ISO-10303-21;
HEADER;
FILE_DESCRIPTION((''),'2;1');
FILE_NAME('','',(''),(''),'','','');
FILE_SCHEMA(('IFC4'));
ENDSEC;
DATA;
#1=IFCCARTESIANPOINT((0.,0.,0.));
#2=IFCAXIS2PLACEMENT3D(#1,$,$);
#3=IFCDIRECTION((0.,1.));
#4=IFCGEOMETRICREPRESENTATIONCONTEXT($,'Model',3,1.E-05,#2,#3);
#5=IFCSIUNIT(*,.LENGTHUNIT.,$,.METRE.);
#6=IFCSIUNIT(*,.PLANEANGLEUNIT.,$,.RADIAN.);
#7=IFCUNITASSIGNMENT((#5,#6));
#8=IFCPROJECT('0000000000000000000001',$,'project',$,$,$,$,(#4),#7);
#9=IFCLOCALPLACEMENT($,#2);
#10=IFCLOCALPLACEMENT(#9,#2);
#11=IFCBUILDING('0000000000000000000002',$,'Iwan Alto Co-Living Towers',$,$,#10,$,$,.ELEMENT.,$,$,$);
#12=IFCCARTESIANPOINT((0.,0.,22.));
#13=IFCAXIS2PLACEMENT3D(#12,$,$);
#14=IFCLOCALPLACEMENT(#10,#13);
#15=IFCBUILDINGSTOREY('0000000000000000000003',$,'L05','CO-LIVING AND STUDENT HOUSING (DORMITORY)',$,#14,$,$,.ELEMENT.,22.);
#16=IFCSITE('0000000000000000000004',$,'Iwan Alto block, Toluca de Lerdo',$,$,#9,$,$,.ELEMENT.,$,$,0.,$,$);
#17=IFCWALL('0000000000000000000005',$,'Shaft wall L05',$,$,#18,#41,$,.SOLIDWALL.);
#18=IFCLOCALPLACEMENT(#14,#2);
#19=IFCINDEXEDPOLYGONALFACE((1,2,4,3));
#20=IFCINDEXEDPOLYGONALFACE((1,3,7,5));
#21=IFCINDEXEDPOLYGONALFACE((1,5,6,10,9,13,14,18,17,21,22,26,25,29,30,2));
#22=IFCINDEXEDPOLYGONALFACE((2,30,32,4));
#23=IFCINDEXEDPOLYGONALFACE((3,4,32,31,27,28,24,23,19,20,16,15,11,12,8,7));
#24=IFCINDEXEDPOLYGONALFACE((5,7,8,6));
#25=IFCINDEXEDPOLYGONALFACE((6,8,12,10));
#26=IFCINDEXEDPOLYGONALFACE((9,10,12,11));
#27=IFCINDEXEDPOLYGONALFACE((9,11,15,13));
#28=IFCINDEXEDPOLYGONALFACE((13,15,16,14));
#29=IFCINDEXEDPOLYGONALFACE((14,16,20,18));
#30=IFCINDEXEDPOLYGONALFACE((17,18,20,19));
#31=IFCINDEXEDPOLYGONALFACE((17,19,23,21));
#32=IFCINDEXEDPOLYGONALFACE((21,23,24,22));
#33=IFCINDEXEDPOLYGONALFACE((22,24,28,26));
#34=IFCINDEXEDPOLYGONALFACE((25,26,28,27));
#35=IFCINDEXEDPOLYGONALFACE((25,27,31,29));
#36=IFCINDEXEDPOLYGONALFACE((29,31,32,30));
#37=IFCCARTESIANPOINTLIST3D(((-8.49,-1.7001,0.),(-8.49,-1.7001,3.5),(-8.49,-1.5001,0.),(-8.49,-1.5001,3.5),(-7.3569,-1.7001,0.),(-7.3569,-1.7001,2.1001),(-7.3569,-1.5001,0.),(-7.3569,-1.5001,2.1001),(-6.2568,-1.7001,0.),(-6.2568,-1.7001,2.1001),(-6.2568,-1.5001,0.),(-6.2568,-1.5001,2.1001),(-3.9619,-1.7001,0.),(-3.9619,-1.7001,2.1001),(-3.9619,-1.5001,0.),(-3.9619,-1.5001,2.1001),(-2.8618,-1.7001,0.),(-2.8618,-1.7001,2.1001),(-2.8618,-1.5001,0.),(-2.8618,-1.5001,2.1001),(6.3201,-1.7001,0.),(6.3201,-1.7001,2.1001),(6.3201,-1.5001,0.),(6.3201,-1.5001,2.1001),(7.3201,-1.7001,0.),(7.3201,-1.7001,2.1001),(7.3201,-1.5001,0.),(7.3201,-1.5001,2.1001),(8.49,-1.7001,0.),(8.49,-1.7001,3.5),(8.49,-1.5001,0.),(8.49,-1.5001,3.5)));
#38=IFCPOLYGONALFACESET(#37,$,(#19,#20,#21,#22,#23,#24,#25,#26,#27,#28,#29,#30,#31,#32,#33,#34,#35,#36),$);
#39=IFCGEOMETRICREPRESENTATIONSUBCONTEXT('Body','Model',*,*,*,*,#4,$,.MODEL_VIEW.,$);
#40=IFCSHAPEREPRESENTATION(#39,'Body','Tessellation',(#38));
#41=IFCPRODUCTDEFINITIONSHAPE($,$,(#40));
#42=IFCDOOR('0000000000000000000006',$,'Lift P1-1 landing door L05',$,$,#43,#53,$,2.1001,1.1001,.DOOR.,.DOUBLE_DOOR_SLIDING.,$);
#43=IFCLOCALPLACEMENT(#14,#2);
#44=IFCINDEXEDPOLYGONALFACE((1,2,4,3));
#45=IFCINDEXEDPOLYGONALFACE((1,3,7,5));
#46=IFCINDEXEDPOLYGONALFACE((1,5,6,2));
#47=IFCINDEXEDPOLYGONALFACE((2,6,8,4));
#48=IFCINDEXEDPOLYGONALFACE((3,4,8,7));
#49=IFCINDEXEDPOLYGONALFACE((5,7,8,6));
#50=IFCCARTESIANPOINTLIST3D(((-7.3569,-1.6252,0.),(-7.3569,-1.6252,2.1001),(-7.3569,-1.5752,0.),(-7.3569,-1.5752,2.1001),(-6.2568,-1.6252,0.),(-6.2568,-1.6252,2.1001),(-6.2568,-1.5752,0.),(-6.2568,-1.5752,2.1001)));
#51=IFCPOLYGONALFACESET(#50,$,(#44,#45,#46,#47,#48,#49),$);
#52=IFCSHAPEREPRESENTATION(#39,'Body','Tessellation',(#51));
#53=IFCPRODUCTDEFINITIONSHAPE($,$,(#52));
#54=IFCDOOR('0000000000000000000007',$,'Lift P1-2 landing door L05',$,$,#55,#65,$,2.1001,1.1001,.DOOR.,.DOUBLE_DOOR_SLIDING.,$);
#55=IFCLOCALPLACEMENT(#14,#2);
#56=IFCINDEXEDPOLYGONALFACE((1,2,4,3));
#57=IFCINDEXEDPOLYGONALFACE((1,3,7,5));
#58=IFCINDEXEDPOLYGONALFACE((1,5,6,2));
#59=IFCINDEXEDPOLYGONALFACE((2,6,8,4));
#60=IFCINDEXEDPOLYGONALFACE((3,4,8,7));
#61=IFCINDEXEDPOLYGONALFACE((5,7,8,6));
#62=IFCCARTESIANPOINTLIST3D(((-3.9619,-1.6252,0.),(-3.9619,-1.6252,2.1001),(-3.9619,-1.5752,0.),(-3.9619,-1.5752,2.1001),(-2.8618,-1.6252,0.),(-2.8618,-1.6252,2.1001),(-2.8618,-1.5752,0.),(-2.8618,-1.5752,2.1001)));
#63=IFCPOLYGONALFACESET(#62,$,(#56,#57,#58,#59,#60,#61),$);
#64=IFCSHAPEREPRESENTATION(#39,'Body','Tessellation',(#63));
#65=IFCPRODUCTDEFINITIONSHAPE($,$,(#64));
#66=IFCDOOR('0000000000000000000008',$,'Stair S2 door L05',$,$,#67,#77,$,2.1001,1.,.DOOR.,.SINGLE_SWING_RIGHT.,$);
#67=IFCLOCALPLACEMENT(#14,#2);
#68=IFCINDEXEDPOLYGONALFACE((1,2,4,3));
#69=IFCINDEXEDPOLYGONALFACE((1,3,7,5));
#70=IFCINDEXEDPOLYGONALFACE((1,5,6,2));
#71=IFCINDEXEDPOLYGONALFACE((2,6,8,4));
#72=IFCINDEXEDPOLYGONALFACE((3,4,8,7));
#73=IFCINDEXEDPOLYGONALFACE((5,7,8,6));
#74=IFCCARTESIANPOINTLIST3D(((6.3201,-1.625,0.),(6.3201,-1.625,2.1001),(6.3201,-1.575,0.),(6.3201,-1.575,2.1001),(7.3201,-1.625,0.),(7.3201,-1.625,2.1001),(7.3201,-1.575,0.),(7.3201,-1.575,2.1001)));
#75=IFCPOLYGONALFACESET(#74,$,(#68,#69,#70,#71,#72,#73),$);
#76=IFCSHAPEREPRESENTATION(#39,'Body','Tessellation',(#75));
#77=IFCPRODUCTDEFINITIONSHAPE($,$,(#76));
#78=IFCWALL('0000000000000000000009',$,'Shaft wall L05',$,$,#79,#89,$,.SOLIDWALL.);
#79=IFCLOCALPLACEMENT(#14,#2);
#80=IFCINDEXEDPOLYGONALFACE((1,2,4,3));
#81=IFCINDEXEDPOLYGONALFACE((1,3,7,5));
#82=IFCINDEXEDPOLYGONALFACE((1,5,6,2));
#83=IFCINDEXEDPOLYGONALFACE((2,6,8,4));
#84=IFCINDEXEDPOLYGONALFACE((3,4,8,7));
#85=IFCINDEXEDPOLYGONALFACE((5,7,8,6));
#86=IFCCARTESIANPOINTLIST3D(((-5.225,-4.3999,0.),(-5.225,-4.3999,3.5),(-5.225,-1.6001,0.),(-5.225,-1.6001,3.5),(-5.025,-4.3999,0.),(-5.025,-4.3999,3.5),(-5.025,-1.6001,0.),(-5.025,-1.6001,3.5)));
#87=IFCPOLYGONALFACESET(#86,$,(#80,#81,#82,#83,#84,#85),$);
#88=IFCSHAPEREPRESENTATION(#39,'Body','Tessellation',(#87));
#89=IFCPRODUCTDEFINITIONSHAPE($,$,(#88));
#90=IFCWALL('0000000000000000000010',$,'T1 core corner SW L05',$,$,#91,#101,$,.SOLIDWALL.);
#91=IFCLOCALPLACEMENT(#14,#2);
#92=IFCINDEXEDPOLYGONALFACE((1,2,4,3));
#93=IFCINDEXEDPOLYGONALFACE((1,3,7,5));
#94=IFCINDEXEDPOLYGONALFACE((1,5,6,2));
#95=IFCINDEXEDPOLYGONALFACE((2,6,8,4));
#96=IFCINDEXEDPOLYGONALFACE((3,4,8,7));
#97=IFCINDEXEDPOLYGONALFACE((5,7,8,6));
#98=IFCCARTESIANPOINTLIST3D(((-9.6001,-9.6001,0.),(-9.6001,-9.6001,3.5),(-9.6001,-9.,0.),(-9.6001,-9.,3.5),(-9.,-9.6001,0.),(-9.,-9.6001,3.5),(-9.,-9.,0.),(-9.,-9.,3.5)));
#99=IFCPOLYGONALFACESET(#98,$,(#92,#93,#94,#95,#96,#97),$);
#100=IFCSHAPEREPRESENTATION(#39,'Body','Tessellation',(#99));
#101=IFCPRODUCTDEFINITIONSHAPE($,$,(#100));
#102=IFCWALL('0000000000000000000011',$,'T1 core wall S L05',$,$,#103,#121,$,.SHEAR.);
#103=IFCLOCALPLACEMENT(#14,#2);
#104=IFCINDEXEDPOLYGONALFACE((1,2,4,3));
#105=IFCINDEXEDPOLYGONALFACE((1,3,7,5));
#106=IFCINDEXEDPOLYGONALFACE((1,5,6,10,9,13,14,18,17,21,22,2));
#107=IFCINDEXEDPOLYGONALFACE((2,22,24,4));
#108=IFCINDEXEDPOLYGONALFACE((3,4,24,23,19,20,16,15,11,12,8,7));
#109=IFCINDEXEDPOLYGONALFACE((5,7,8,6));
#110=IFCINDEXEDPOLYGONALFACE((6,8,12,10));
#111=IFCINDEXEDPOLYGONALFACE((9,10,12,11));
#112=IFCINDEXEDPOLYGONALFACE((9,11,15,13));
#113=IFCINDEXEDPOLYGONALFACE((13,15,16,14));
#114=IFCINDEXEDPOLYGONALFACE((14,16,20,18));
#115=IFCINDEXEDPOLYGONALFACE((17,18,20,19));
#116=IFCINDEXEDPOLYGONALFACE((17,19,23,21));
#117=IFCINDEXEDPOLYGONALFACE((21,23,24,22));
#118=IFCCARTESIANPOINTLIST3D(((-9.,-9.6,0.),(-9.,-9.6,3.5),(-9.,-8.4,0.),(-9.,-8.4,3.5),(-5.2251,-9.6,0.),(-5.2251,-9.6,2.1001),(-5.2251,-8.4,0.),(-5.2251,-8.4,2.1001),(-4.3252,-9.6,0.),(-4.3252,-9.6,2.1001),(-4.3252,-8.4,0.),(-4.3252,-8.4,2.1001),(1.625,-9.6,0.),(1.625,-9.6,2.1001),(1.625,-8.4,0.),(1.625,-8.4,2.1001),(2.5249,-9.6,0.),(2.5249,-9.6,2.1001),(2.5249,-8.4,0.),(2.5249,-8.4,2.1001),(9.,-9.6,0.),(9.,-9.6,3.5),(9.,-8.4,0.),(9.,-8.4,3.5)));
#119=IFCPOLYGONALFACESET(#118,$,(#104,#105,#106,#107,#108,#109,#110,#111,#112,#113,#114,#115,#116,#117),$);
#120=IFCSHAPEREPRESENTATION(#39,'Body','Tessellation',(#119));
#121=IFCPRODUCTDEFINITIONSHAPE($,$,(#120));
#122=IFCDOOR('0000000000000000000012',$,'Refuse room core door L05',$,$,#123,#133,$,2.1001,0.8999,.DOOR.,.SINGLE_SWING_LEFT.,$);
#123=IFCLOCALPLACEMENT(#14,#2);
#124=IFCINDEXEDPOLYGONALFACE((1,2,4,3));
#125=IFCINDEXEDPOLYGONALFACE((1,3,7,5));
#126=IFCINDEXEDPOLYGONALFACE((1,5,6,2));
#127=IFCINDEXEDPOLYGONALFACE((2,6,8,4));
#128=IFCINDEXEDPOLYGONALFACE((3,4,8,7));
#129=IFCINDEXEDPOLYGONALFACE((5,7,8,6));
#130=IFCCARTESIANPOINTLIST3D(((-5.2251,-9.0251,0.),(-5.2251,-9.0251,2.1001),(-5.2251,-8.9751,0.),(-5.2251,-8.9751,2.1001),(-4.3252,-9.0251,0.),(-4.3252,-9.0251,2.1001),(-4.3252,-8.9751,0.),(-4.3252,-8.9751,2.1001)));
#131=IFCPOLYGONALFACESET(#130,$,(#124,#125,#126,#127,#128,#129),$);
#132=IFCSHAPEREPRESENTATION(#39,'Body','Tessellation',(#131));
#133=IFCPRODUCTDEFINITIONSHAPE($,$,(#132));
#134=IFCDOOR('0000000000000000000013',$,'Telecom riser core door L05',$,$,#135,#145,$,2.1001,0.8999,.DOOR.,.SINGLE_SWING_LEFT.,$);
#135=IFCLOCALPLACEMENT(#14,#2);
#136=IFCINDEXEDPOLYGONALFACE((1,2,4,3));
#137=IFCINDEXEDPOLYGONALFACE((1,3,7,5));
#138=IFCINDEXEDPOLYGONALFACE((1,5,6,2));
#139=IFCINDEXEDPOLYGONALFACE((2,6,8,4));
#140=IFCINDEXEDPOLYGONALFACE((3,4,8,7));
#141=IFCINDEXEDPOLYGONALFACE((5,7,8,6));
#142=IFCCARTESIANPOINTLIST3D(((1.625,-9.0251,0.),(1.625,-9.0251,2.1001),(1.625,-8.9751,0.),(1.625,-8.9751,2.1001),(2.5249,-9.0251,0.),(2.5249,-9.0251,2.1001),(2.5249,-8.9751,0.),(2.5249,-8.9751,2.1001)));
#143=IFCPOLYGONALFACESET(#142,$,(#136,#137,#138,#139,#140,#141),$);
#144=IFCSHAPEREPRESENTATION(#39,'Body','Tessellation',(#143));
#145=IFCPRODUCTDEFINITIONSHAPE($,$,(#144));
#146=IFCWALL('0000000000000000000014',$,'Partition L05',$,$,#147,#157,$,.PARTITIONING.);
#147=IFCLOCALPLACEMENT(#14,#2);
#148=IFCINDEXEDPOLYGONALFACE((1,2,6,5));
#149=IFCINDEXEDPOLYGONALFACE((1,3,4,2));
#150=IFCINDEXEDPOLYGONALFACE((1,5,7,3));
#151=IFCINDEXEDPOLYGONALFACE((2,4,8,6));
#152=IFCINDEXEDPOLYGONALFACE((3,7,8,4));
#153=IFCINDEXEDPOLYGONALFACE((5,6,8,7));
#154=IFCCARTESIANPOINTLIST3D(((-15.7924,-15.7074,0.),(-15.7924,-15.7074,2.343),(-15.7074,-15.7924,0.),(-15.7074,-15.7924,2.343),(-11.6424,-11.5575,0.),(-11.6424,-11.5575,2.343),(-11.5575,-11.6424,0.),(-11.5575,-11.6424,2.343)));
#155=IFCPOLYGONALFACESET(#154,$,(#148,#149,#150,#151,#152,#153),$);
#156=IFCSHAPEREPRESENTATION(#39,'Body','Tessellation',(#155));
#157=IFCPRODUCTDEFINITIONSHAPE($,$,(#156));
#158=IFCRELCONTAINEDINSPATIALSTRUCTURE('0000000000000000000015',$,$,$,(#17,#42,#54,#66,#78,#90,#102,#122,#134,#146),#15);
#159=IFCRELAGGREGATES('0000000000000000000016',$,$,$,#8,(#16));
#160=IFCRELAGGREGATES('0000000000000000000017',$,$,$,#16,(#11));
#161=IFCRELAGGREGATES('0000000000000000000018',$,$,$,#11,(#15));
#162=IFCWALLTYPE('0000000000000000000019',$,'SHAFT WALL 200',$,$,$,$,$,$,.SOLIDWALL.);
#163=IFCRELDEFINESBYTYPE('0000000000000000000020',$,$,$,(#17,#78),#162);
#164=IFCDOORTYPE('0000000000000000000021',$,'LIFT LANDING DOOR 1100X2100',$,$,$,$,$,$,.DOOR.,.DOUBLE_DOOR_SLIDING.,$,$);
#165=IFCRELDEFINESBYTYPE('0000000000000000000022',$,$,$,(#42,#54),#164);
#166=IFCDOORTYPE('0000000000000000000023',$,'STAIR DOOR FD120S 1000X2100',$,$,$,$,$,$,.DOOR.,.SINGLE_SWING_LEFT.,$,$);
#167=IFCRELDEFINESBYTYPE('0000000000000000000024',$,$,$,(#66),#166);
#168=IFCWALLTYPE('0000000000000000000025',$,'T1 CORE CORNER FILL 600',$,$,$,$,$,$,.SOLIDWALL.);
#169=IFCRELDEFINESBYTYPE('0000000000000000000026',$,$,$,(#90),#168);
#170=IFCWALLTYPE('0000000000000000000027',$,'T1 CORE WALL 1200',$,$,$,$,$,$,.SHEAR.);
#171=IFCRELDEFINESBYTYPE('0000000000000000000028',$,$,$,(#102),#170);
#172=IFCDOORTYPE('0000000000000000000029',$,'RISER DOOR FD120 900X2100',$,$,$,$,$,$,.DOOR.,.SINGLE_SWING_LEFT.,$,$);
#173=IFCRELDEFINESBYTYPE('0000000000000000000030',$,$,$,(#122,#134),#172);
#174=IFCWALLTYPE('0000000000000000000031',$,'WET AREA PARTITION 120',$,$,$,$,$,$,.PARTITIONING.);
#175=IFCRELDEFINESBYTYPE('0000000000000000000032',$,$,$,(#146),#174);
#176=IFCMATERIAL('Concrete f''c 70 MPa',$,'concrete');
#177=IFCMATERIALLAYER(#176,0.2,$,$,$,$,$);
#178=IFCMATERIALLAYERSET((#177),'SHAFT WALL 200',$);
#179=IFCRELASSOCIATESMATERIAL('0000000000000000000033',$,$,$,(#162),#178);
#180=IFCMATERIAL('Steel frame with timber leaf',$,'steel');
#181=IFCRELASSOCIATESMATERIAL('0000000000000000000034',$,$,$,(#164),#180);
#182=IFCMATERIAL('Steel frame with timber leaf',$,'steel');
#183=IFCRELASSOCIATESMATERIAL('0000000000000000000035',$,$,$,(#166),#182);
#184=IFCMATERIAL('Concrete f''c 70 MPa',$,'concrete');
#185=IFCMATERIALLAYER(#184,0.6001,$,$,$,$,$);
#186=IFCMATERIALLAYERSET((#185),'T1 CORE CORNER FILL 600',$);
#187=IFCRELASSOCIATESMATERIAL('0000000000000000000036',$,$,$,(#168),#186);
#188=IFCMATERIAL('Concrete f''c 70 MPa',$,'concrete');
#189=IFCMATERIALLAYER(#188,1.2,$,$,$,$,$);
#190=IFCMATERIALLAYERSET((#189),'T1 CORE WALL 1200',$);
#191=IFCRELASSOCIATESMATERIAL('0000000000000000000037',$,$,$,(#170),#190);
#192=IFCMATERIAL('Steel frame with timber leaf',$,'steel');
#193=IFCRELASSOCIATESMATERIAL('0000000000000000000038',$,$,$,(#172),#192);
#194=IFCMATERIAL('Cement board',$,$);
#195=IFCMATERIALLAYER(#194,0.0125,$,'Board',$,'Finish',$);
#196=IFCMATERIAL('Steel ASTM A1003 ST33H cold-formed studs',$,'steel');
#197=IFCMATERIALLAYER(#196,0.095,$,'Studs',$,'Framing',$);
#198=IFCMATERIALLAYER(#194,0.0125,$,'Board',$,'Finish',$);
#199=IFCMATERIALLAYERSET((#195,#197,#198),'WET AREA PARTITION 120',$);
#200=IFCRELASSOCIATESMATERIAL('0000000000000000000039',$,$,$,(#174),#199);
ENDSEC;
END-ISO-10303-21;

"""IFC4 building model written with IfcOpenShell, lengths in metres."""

from ifc_helpers import new_model, si_unit, direction, frame, frame_2d, origin, place, context, subcontext, project, spatial, rectangle, extrude, material, layer, layer_set, type_object, element, fill, save


model = new_model("IFC4")

# Units and contexts
model_context = context("Model", 3, precision=1e-05, world=origin(), true_north=direction((0.0, 1.0)))
body_context = subcontext(model_context, "Body", "Model", "MODEL_VIEW")
ifc_project = project(units=[si_unit("LENGTHUNIT", "METRE"), si_unit("PLANEANGLEUNIT", "RADIAN")], contexts=[model_context])

# Site, building, storey
site_placement = place(None, origin())
site = spatial("IfcSite", under=ifc_project, at=site_placement, Name="Iwan Alto block, Toluca de Lerdo", CompositionType="ELEMENT", RefElevation=0.0)
building_placement = place(site_placement, origin())
building = spatial("IfcBuilding", under=site, at=building_placement, Name="Iwan Alto Co-Living Towers", CompositionType="ELEMENT")
storey_placement = place(building_placement, frame((0.0, 0.0, 22.0)))
storey = spatial("IfcBuildingStorey", under=building, at=storey_placement, Name="L05", Description="CO-LIVING AND STUDENT HOUSING (DORMITORY)", CompositionType="ELEMENT", Elevation=22.0)

# Shared definitions
ifc_material_1 = material(Name="Steel ASTM A1003 ST33H cold-formed studs", Category="steel")

# Shared definitions
ifc_material_2 = material(Name="Concrete f'c 70 MPa", Category="concrete")
ifc_layer_1 = layer(ifc_material_2, 0.2)
ifc_layer_set_1 = layer_set([ifc_layer_1], Name="SHAFT WALL 200")
wall_type_1 = type_object("IfcWallType", Name="SHAFT WALL 200", PredefinedType="SOLIDWALL", material=ifc_layer_set_1)

# Wall, openings, doors
wall_1_placement = place(storey_placement, frame((-8.49, -1.6001, 0.0), z_axis=(0.0, 0.0, 1.0), x_axis=(1.0, 0.0, 0.0)))
wall_1 = element("IfcWall", 1, at=wall_1_placement, inside=storey, type_object=wall_type_1, Name="Shaft wall L05", PredefinedType="SOLIDWALL", context=body_context, shape_type="SweptSolid", body=[
    extrude(rectangle(XDim=16.98, YDim=0.2, at=frame_2d((8.49, 0.0))), origin(), (0.0, 0.0, 1.0), 3.5),
])
opening_1_placement = place(wall_1_placement, frame((14.8101, 0.0, 0.0)))
opening_1 = element("IfcOpeningElement", 2, at=opening_1_placement, cuts=wall_1, PredefinedType="OPENING", context=body_context, shape_type="SweptSolid", body=[
    extrude(rectangle(XDim=1.0, YDim=2.1001, at=frame_2d((0.5, 1.05))), frame((0.0, 0.1099, 0.0), z_axis=(0.0, -1.0, 0.0), x_axis=(1.0, 0.0, 0.0)), (0.0, 0.0, 1.0), 0.22),
])
opening_2_placement = place(wall_1_placement, frame((1.1331, 0.0, 0.0)))
opening_2 = element("IfcOpeningElement", 3, at=opening_2_placement, cuts=wall_1, PredefinedType="OPENING", context=body_context, shape_type="SweptSolid", body=[
    extrude(rectangle(XDim=1.1001, YDim=2.1001, at=frame_2d((0.55, 1.05))), frame((0.0, 0.1099, 0.0), z_axis=(0.0, -1.0, 0.0), x_axis=(1.0, 0.0, 0.0)), (0.0, 0.0, 1.0), 0.22),
])
opening_3_placement = place(wall_1_placement, frame((4.5281, 0.0, 0.0)))
opening_3 = element("IfcOpeningElement", 4, at=opening_3_placement, cuts=wall_1, PredefinedType="OPENING", context=body_context, shape_type="SweptSolid", body=[
    extrude(rectangle(XDim=1.1001, YDim=2.1001, at=frame_2d((0.55, 1.05))), frame((0.0, 0.1099, 0.0), z_axis=(0.0, -1.0, 0.0), x_axis=(1.0, 0.0, 0.0)), (0.0, 0.0, 1.0), 0.22),
])
ifc_material_3 = material(Name="Steel frame with timber leaf", Category="steel")
door_type_1 = type_object("IfcDoorType", Name="LIFT LANDING DOOR 1100X2100", OperationType="DOUBLE_DOOR_SLIDING", PredefinedType="DOOR", material=ifc_material_3)
door_1_placement = place(opening_2_placement, origin())
door_1 = element("IfcDoor", 5, at=door_1_placement, inside=storey, type_object=door_type_1, Name="Lift P1-1 landing door L05", OperationType="DOUBLE_DOOR_SLIDING", OverallHeight=2.1001, OverallWidth=1.1001, PredefinedType="DOOR", context=body_context, shape_type="SweptSolid", body=[
    extrude(rectangle(XDim=1.1001, YDim=2.1001, at=frame_2d((0.55, 1.05))), frame((0.0, 0.0249, 0.0), z_axis=(0.0, -1.0, 0.0), x_axis=(1.0, 0.0, 0.0)), (0.0, 0.0, 1.0), 0.05),
])
fill(opening_2, door_1)
door_2_placement = place(opening_3_placement, origin())
door_2 = element("IfcDoor", 6, at=door_2_placement, inside=storey, type_object=door_type_1, Name="Lift P1-2 landing door L05", OperationType="DOUBLE_DOOR_SLIDING", OverallHeight=2.1001, OverallWidth=1.1001, PredefinedType="DOOR", context=body_context, shape_type="SweptSolid", body=[
    extrude(rectangle(XDim=1.1001, YDim=2.1001, at=frame_2d((0.55, 1.05))), frame((0.0, 0.0249, 0.0), z_axis=(0.0, -1.0, 0.0), x_axis=(1.0, 0.0, 0.0)), (0.0, 0.0, 1.0), 0.05),
])
fill(opening_3, door_2)
ifc_material_4 = material(Name="Steel frame with timber leaf", Category="steel")
door_type_2 = type_object("IfcDoorType", Name="STAIR DOOR FD120S 1000X2100", OperationType="SINGLE_SWING_LEFT", PredefinedType="DOOR", material=ifc_material_4)
door_3_placement = place(opening_1_placement, frame((1.0, 0.0, 0.0), z_axis=(0.0, 0.0, 1.0), x_axis=(-1.0, 0.0, 0.0)))
door_3 = element("IfcDoor", 7, at=door_3_placement, inside=storey, type_object=door_type_2, Name="Stair S2 door L05", OperationType="SINGLE_SWING_RIGHT", OverallHeight=2.1001, OverallWidth=1.0, PredefinedType="DOOR", context=body_context, shape_type="SweptSolid", body=[
    extrude(rectangle(XDim=1.0, YDim=2.1001, at=frame_2d((0.5, 1.05))), frame((0.0, 0.0249, 0.0), z_axis=(0.0, -1.0, 0.0), x_axis=(1.0, 0.0, 0.0)), (0.0, 0.0, 1.0), 0.05),
])
fill(opening_1, door_3)

# Walls
wall_2_placement = place(storey_placement, frame((-5.125, -4.3999, 0.0), z_axis=(0.0, 0.0, 1.0), x_axis=(0.0, 1.0, 0.0)))
element("IfcWall", 8, at=wall_2_placement, inside=storey, type_object=wall_type_1, Name="Shaft wall L05", PredefinedType="SOLIDWALL", context=body_context, shape_type="SweptSolid", body=[
    extrude(rectangle(XDim=2.7998, YDim=0.2, at=frame_2d((1.3999, 0.0))), origin(), (0.0, 0.0, 1.0), 3.5),
])
ifc_material_5 = material(Name="Concrete f'c 70 MPa", Category="concrete")
ifc_layer_2 = layer(ifc_material_5, 0.6001)
ifc_layer_set_2 = layer_set([ifc_layer_2], Name="T1 CORE CORNER FILL 600")
wall_type_2 = type_object("IfcWallType", Name="T1 CORE CORNER FILL 600", PredefinedType="SOLIDWALL", material=ifc_layer_set_2)
wall_3_placement = place(storey_placement, frame((-9.6001, -9.3, 0.0), z_axis=(0.0, 0.0, 1.0), x_axis=(1.0, 0.0, 0.0)))
element("IfcWall", 9, at=wall_3_placement, inside=storey, type_object=wall_type_2, Name="T1 core corner SW L05", PredefinedType="SOLIDWALL", context=body_context, shape_type="SweptSolid", body=[
    extrude(rectangle(XDim=0.6001, YDim=0.6001, at=frame_2d((0.3, 0.0))), origin(), (0.0, 0.0, 1.0), 3.5),
])

# Wall, openings, doors
ifc_material_6 = material(Name="Concrete f'c 70 MPa", Category="concrete")
ifc_layer_3 = layer(ifc_material_6, 1.2)
ifc_layer_set_3 = layer_set([ifc_layer_3], Name="T1 CORE WALL 1200")
wall_type_3 = type_object("IfcWallType", Name="T1 CORE WALL 1200", PredefinedType="SHEAR", material=ifc_layer_set_3)
wall_4_placement = place(storey_placement, frame((-9.0, -9.0, 0.0), z_axis=(0.0, 0.0, 1.0), x_axis=(1.0, 0.0, 0.0)))
wall_4 = element("IfcWall", 10, at=wall_4_placement, inside=storey, type_object=wall_type_3, Name="T1 core wall S L05", PredefinedType="SHEAR", context=body_context, shape_type="SweptSolid", body=[
    extrude(rectangle(XDim=18.0, YDim=1.2, at=frame_2d((9.0, 0.0))), origin(), (0.0, 0.0, 1.0), 3.5),
])
opening_4_placement = place(wall_4_placement, frame((3.7749, 0.0, 0.0)))
opening_4 = element("IfcOpeningElement", 11, at=opening_4_placement, cuts=wall_4, PredefinedType="OPENING", context=body_context, shape_type="SweptSolid", body=[
    extrude(rectangle(XDim=0.8999, YDim=2.1001, at=frame_2d((0.45, 1.05))), frame((0.0, 0.6099, 0.0), z_axis=(0.0, -1.0, 0.0), x_axis=(1.0, 0.0, 0.0)), (0.0, 0.0, 1.0), 1.22),
])
opening_5_placement = place(wall_4_placement, frame((10.625, 0.0, 0.0)))
opening_5 = element("IfcOpeningElement", 12, at=opening_5_placement, cuts=wall_4, PredefinedType="OPENING", context=body_context, shape_type="SweptSolid", body=[
    extrude(rectangle(XDim=0.8999, YDim=2.1001, at=frame_2d((0.45, 1.05))), frame((0.0, 0.6099, 0.0), z_axis=(0.0, -1.0, 0.0), x_axis=(1.0, 0.0, 0.0)), (0.0, 0.0, 1.0), 1.22),
])
ifc_material_7 = material(Name="Steel frame with timber leaf", Category="steel")
door_type_3 = type_object("IfcDoorType", Name="RISER DOOR FD120 900X2100", OperationType="SINGLE_SWING_LEFT", PredefinedType="DOOR", material=ifc_material_7)
door_4_placement = place(opening_4_placement, origin())
door_4 = element("IfcDoor", 13, at=door_4_placement, inside=storey, type_object=door_type_3, Name="Refuse room core door L05", OperationType="SINGLE_SWING_LEFT", OverallHeight=2.1001, OverallWidth=0.8999, PredefinedType="DOOR", context=body_context, shape_type="SweptSolid", body=[
    extrude(rectangle(XDim=0.8999, YDim=2.1001, at=frame_2d((0.45, 1.05))), frame((0.0, 0.0249, 0.0), z_axis=(0.0, -1.0, 0.0), x_axis=(1.0, 0.0, 0.0)), (0.0, 0.0, 1.0), 0.05),
])
fill(opening_4, door_4)
door_5_placement = place(opening_5_placement, origin())
door_5 = element("IfcDoor", 14, at=door_5_placement, inside=storey, type_object=door_type_3, Name="Telecom riser core door L05", OperationType="SINGLE_SWING_LEFT", OverallHeight=2.1001, OverallWidth=0.8999, PredefinedType="DOOR", context=body_context, shape_type="SweptSolid", body=[
    extrude(rectangle(XDim=0.8999, YDim=2.1001, at=frame_2d((0.45, 1.05))), frame((0.0, 0.0249, 0.0), z_axis=(0.0, -1.0, 0.0), x_axis=(1.0, 0.0, 0.0)), (0.0, 0.0, 1.0), 0.05),
])
fill(opening_5, door_5)

# Wall
ifc_material_8 = material(Name="Cement board")
ifc_layer_4 = layer(ifc_material_8, 0.0125, Name="Board", Category="Finish")
ifc_layer_5 = layer(ifc_material_1, 0.095, Name="Studs", Category="Framing")
ifc_layer_6 = layer(ifc_material_8, 0.0125, Name="Board", Category="Finish")
ifc_layer_set_4 = layer_set([ifc_layer_4, ifc_layer_5, ifc_layer_6], Name="WET AREA PARTITION 120")
wall_type_4 = type_object("IfcWallType", Name="WET AREA PARTITION 120", PredefinedType="PARTITIONING", material=ifc_layer_set_4)
wall_5_placement = place(storey_placement, frame((-15.75, -15.75, 0.0), z_axis=(0.0, 0.0, 1.0), x_axis=(0.707107, 0.707107, 0.0)))
element("IfcWall", 15, at=wall_5_placement, inside=storey, type_object=wall_type_4, Name="Partition L05", PredefinedType="PARTITIONING", context=body_context, shape_type="SweptSolid", body=[
    extrude(rectangle(XDim=5.8689, YDim=0.1201, at=frame_2d((2.9346, 0.0))), origin(), (0.0, 0.0, 1.0), 2.343),
])

save(model, "model.ifc")
